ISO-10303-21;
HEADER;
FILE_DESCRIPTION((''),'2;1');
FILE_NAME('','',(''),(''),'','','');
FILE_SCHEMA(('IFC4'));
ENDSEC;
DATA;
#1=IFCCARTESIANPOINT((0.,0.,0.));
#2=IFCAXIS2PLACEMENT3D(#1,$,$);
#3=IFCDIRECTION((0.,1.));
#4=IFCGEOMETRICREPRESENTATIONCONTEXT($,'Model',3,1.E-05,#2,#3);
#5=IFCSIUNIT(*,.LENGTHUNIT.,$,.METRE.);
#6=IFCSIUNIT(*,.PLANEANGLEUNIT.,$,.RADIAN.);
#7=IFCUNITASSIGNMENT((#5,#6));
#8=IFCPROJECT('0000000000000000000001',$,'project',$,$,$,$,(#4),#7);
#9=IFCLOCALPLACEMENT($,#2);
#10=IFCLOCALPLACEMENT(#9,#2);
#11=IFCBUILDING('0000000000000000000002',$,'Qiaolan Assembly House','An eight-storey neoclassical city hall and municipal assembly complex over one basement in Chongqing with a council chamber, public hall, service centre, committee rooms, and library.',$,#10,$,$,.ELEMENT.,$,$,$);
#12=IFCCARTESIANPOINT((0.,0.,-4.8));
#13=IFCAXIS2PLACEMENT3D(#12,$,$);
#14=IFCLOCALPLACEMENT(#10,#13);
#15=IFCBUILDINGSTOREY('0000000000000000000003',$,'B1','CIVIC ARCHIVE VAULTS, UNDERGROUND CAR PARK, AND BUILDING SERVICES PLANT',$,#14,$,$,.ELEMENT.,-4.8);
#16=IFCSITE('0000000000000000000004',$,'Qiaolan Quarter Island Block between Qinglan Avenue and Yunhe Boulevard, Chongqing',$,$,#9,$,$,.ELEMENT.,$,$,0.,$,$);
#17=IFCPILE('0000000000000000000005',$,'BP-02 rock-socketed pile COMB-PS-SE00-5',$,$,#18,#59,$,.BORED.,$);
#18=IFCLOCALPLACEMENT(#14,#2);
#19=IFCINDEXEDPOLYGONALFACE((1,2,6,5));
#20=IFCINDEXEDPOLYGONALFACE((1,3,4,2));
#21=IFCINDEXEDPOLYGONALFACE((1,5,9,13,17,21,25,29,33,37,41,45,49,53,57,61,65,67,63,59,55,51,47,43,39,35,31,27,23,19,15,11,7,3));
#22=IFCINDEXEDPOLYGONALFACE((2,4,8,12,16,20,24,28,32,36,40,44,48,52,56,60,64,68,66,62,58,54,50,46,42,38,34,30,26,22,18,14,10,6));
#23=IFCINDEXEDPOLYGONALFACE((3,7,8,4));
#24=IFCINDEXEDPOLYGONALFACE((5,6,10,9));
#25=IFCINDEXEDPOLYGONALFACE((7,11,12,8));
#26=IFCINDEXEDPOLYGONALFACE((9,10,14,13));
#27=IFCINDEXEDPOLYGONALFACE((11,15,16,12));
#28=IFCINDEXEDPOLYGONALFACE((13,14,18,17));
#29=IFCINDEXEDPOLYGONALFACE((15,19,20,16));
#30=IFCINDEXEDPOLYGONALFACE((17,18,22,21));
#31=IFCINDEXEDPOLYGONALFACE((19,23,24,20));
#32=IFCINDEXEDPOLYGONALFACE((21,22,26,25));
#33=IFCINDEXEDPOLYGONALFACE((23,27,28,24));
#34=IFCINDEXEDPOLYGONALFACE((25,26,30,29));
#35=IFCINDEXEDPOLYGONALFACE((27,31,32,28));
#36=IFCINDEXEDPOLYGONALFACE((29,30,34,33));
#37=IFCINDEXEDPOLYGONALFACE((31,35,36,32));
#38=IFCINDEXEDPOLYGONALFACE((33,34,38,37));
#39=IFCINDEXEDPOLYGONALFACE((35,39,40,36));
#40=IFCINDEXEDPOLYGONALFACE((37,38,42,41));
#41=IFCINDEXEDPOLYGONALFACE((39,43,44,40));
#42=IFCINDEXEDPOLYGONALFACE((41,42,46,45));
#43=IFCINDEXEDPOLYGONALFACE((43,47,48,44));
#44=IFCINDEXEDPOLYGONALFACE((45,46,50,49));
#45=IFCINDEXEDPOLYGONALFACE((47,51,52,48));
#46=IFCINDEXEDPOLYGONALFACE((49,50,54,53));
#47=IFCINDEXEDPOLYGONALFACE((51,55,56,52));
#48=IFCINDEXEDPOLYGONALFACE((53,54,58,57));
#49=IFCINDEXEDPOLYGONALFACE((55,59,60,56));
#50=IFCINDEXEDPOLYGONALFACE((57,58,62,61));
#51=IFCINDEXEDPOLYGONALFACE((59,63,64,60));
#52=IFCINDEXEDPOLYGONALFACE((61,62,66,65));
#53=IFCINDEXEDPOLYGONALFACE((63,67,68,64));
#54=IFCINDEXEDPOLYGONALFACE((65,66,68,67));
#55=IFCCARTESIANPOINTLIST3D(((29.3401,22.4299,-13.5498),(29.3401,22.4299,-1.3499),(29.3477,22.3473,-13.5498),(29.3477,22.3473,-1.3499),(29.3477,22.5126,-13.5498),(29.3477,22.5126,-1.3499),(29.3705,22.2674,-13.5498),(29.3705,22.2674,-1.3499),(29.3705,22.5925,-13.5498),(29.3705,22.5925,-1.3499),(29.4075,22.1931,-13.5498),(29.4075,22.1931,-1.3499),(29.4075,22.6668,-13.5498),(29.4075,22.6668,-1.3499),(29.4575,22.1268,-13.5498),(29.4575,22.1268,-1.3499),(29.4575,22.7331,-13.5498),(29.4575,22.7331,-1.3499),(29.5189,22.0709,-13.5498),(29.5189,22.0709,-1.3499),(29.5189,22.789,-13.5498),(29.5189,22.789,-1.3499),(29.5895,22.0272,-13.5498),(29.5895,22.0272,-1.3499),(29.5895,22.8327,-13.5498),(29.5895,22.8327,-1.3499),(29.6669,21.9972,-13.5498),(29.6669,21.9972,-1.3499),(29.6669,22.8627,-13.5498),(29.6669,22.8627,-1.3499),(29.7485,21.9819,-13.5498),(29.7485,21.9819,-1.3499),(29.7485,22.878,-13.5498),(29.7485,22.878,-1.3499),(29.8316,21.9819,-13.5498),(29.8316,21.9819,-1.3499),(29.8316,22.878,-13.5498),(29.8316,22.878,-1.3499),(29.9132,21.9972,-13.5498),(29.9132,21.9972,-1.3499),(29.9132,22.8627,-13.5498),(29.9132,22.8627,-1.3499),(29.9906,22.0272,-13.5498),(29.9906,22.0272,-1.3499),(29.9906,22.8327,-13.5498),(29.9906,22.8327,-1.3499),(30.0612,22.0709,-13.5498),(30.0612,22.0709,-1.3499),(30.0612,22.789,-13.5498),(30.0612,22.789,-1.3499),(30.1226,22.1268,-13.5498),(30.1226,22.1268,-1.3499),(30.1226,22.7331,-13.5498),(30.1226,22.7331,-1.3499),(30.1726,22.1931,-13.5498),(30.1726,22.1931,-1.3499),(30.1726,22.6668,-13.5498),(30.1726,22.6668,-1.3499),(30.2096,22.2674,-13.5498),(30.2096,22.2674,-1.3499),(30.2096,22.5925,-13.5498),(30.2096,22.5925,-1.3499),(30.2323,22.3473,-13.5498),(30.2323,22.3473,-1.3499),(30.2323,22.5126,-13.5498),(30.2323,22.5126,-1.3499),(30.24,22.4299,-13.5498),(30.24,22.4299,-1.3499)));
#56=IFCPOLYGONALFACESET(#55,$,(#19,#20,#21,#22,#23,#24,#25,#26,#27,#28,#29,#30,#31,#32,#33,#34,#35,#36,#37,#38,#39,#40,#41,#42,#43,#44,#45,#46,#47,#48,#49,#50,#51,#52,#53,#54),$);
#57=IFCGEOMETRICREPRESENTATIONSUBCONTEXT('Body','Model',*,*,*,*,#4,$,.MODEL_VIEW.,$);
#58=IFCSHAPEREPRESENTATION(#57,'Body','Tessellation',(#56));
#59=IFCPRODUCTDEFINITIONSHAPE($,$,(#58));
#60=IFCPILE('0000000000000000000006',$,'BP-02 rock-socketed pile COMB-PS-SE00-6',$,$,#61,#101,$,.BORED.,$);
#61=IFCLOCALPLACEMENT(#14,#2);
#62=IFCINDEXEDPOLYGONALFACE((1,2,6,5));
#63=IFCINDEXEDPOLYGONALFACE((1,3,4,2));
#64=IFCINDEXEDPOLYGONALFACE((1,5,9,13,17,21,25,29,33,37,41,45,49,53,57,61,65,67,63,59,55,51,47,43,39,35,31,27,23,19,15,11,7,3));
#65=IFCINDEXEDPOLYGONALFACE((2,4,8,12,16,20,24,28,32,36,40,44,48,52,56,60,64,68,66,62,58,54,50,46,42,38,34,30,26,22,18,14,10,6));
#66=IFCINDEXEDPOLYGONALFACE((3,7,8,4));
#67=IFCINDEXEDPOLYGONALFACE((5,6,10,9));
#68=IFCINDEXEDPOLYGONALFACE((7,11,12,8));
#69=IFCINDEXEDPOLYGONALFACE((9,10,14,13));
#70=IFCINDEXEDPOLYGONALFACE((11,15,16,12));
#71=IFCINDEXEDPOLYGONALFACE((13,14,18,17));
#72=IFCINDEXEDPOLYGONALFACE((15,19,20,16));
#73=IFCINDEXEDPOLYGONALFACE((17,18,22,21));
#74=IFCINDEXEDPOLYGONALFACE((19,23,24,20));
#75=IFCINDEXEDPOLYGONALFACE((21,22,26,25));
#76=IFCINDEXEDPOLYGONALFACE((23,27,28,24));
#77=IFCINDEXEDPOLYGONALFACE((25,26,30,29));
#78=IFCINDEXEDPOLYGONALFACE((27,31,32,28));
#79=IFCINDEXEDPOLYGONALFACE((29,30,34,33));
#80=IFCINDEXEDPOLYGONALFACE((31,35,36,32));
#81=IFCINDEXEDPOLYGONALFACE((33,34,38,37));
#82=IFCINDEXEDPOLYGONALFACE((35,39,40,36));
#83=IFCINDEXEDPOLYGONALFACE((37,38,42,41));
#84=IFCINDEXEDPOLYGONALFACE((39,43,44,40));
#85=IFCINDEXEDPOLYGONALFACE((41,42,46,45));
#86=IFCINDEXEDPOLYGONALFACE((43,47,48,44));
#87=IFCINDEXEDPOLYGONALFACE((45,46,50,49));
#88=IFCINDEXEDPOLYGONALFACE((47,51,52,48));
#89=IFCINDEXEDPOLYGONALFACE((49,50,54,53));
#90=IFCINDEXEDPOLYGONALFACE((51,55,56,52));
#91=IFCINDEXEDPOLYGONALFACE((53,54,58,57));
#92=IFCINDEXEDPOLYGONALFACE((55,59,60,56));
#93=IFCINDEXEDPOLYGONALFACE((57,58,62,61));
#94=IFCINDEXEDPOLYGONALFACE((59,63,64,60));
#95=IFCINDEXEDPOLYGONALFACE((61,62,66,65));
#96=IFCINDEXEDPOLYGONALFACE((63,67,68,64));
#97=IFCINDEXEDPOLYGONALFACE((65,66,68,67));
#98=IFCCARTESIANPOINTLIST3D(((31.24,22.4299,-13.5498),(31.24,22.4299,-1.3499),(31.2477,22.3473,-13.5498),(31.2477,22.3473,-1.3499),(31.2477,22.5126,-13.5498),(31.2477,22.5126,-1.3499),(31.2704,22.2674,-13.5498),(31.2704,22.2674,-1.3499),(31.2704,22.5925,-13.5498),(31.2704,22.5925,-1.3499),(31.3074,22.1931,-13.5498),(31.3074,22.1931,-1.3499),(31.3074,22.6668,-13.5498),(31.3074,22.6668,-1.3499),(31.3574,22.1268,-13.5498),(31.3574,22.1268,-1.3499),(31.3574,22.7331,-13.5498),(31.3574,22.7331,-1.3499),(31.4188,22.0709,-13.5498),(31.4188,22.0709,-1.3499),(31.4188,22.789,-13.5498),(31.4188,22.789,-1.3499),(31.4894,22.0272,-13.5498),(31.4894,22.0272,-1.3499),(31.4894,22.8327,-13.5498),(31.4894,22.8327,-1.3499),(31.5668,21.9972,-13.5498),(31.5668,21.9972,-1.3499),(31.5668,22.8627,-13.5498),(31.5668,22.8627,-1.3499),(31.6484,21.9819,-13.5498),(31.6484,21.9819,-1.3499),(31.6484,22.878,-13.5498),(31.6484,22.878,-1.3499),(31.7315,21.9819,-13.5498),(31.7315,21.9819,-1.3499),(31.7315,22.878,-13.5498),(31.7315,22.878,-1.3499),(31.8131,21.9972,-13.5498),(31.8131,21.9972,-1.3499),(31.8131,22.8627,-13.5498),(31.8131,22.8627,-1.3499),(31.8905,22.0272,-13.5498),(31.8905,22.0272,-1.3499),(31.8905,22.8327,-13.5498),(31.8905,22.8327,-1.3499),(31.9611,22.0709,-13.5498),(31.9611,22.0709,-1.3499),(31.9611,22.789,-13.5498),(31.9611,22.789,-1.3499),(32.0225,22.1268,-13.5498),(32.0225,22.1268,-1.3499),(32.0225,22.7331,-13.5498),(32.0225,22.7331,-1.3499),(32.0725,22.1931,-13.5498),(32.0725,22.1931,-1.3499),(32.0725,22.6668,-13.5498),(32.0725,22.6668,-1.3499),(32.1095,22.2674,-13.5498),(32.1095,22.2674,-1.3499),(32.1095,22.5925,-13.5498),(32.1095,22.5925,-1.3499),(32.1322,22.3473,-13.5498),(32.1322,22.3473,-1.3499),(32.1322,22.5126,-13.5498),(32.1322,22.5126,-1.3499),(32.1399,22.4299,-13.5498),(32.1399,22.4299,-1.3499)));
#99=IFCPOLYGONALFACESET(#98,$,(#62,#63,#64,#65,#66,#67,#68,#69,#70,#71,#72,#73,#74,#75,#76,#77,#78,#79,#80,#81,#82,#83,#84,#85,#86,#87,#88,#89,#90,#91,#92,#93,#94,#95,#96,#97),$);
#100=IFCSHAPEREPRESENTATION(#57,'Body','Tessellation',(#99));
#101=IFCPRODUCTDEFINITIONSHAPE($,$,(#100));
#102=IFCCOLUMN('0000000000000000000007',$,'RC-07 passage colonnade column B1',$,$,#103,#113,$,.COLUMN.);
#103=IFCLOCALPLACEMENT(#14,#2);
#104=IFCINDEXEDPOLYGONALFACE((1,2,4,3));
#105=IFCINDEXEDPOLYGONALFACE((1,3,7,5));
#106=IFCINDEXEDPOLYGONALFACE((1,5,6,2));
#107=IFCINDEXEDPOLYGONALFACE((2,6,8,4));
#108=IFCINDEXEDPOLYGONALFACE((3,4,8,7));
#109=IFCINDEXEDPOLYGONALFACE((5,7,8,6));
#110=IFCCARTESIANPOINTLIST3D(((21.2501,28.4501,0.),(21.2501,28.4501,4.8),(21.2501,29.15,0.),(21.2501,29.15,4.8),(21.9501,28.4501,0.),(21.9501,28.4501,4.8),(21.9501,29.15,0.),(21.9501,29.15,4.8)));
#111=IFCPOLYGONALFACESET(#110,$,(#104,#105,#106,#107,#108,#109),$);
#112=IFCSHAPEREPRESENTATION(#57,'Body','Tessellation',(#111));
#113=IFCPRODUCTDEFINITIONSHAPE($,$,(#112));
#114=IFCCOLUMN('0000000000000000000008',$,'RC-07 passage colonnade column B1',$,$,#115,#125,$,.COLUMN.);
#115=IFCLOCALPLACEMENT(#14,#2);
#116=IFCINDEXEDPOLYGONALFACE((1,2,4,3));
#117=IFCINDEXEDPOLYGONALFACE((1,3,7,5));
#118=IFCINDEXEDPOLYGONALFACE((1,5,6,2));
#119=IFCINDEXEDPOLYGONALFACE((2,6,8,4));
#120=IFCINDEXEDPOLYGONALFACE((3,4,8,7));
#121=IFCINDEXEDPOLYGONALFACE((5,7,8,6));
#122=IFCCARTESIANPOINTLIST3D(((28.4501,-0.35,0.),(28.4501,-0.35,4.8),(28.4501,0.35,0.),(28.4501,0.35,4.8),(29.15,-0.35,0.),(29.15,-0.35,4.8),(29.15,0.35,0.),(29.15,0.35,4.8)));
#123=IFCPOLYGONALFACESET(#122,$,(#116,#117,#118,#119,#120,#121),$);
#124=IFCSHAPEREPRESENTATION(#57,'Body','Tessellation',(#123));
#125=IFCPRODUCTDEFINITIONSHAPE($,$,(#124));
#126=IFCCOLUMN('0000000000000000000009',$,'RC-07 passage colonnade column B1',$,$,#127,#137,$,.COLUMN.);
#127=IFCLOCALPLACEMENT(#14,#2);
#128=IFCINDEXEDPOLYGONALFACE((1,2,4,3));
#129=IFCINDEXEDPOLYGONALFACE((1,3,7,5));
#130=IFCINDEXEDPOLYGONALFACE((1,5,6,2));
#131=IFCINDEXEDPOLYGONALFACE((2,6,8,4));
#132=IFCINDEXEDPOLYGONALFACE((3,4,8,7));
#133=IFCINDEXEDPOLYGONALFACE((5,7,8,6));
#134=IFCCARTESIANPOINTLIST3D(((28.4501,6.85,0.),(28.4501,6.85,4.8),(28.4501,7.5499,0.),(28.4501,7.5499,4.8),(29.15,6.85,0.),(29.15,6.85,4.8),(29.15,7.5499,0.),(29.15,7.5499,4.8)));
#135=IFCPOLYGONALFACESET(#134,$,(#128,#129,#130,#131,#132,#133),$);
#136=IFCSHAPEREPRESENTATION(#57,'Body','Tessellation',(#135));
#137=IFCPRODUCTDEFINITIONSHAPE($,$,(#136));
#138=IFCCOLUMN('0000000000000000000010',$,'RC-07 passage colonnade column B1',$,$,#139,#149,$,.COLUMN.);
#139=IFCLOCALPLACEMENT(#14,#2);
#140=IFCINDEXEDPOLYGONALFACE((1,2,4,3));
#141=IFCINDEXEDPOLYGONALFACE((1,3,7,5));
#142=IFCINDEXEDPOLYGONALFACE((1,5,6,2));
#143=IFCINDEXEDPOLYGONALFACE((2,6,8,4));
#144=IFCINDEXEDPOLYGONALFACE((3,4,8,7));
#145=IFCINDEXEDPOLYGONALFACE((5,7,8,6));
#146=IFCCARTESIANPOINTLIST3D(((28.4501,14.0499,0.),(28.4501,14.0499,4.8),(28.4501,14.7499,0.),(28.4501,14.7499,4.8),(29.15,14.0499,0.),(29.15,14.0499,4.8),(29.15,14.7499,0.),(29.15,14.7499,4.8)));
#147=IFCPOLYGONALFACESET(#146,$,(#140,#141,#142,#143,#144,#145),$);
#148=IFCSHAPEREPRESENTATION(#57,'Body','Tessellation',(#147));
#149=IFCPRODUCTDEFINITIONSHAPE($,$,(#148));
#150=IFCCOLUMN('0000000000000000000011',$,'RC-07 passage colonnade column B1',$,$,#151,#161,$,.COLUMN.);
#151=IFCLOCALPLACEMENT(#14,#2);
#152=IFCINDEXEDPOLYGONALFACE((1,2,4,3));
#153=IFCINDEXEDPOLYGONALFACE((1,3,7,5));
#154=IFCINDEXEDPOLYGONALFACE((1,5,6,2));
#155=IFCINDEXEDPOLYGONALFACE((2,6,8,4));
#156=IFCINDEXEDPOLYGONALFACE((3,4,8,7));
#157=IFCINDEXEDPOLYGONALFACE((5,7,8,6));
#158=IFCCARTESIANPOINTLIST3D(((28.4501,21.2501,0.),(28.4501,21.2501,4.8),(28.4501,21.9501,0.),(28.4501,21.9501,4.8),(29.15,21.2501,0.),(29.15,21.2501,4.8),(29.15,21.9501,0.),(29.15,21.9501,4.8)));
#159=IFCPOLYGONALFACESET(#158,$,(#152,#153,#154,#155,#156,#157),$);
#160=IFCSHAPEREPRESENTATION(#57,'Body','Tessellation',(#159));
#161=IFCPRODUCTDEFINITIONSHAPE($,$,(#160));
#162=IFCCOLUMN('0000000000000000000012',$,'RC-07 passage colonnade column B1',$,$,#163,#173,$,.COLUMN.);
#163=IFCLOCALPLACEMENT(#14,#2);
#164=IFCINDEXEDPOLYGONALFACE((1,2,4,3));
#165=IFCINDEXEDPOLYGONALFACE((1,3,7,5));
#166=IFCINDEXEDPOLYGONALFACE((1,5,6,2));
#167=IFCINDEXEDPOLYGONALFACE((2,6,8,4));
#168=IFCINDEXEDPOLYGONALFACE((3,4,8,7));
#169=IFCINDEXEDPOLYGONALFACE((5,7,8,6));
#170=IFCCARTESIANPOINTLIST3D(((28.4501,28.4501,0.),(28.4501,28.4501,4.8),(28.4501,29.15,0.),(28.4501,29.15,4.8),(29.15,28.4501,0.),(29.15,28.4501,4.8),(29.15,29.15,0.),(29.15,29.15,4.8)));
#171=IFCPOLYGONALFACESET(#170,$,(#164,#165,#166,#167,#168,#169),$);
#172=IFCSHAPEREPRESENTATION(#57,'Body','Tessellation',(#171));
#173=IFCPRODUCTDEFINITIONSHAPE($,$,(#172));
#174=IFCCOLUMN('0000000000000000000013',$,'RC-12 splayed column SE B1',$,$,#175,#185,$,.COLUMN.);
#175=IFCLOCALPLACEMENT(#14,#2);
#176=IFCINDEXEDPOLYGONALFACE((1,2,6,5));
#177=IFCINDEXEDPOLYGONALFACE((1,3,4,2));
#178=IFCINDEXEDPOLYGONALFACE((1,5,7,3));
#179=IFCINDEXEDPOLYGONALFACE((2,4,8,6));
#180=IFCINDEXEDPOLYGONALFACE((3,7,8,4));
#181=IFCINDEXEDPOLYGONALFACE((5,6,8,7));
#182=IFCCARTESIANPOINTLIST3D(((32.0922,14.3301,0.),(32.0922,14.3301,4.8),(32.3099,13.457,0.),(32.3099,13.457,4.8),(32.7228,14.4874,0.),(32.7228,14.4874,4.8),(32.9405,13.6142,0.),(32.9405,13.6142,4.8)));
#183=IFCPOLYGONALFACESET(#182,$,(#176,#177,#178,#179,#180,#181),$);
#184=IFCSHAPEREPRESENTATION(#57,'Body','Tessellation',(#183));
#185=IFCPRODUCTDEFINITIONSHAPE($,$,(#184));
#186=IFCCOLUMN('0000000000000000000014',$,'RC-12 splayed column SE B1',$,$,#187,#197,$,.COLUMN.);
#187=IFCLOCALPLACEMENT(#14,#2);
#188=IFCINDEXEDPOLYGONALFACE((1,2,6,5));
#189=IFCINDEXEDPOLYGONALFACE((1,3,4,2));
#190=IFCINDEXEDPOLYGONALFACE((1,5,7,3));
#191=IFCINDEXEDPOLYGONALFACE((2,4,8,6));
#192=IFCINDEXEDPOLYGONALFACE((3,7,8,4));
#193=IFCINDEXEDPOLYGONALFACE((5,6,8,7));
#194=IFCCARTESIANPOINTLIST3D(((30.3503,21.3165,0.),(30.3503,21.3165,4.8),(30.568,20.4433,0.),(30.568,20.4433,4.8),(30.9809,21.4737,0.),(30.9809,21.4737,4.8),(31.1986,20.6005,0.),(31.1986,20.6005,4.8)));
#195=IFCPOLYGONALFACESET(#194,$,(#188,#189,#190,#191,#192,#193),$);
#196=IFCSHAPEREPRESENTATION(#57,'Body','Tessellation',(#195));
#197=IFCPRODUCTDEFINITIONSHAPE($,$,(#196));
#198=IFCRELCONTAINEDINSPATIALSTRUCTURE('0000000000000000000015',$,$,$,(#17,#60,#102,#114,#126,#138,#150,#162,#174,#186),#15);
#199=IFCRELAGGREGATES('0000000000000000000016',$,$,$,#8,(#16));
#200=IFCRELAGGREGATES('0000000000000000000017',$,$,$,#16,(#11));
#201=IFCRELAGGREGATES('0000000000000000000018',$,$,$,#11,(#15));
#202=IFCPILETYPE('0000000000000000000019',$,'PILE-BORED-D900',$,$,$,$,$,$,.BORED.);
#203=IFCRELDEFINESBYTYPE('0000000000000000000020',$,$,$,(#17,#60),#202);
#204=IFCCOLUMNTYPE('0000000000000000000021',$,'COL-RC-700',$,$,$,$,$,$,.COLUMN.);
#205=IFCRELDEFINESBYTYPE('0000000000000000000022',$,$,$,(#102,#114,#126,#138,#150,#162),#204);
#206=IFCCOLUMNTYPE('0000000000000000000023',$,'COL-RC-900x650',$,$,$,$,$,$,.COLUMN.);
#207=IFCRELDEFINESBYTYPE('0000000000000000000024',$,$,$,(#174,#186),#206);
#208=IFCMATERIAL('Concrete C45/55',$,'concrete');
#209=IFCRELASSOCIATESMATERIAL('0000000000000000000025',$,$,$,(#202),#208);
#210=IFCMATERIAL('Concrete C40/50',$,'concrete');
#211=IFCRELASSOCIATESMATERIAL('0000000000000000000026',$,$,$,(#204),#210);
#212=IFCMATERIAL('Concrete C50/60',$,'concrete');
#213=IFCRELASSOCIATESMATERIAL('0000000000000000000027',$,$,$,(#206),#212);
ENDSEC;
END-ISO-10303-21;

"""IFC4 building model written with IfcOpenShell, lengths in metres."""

from ifc_helpers import new_model, si_unit, direction, frame, origin, origin_2d, place, context, subcontext, project, spatial, rectangle, circle, extrude, material, material_profile, profile_set, type_object, element, save


model = new_model("IFC4")

# Units and contexts
model_context = context("Model", 3, precision=1e-05, world=origin(), true_north=direction((0.0, 1.0)))
body_context = subcontext(model_context, "Body", "Model", "MODEL_VIEW")
ifc_project = project(units=[si_unit("LENGTHUNIT", "METRE"), si_unit("PLANEANGLEUNIT", "RADIAN")], contexts=[model_context])

# Site, building, storey
site_placement = place(None, origin())
site = spatial("IfcSite", under=ifc_project, at=site_placement, Name="Qiaolan Quarter Island Block between Qinglan Avenue and Yunhe Boulevard, Chongqing", CompositionType="ELEMENT", RefElevation=0.0)
building_placement = place(site_placement, origin())
building = spatial("IfcBuilding", under=site, at=building_placement, Name="Qiaolan Assembly House", Description="An eight-storey neoclassical city hall and municipal assembly complex over one basement in Chongqing with a council chamber, public hall, service centre, committee rooms, and library.", CompositionType="ELEMENT")
storey_placement = place(building_placement, frame((0.0, 0.0, -4.8)))
storey = spatial("IfcBuildingStorey", under=building, at=storey_placement, Name="B1", Description="CIVIC ARCHIVE VAULTS, UNDERGROUND CAR PARK, AND BUILDING SERVICES PLANT", CompositionType="ELEMENT", Elevation=-4.8)

# Shared definitions
ifc_material_1 = material(Name="Concrete C40/50", Category="concrete")

# Piles
ifc_material_2 = material(Name="Concrete C45/55", Category="concrete")
ifc_material_profile_1 = material_profile(ifc_material_2, circle(Radius=0.45, at=origin_2d()), Name="PILE D900")
ifc_profile_set_1 = profile_set([ifc_material_profile_1], Name="Concrete C45/55")
pile_type_1 = type_object("IfcPileType", Name="PILE-BORED-D900", PredefinedType="BORED", material=ifc_profile_set_1)
for number, where, z_axis, x_axis, name in (
    (1, (29.79, 22.4299, -1.3499), (0.0, 0.0, -1.0), (1.0, 0.0, 0.0), "BP-02 rock-socketed pile COMB-PS-SE00-5"),
    (2, (31.6899, 22.4299, -1.3499), (0.0, 0.0, -1.0), (1.0, 0.0, 0.0), "BP-02 rock-socketed pile COMB-PS-SE00-6"),
):
    element("IfcPile", number, at=place(storey_placement, frame(where, z_axis=z_axis, x_axis=x_axis)), inside=storey, type_object=pile_type_1, Name=name, PredefinedType="BORED", context=body_context, shape_type="SweptSolid", body=[
        extrude(circle(Radius=0.45, at=origin_2d()), origin(), (0.0, 0.0, 1.0), 12.2),
    ])

# Columns
ifc_material_profile_2 = material_profile(ifc_material_1, rectangle(XDim=0.7, YDim=0.7, at=origin_2d()), Name="RC 700x700")
ifc_profile_set_2 = profile_set([ifc_material_profile_2], Name="Concrete C40/50")
column_type_1 = type_object("IfcColumnType", Name="COL-RC-700", PredefinedType="COLUMN", material=ifc_profile_set_2)
for number, where, z_axis, x_axis, name in (
    (3, (21.6001, 28.8, 0.0), (0.0, 0.0, 1.0), (1.0, 0.0, 0.0), "RC-07 passage colonnade column B1"),
    (4, (28.8, 0.0, 0.0), (0.0, 0.0, 1.0), (1.0, 0.0, 0.0), "RC-07 passage colonnade column B1"),
    (5, (28.8, 7.2, 0.0), (0.0, 0.0, 1.0), (1.0, 0.0, 0.0), "RC-07 passage colonnade column B1"),
    (6, (28.8, 14.3999, 0.0), (0.0, 0.0, 1.0), (1.0, 0.0, 0.0), "RC-07 passage colonnade column B1"),
    (7, (28.8, 21.6001, 0.0), (0.0, 0.0, 1.0), (1.0, 0.0, 0.0), "RC-07 passage colonnade column B1"),
    (8, (28.8, 28.8, 0.0), (0.0, 0.0, 1.0), (1.0, 0.0, 0.0), "RC-07 passage colonnade column B1"),
):
    element("IfcColumn", number, at=place(storey_placement, frame(where, z_axis=z_axis, x_axis=x_axis)), inside=storey, type_object=column_type_1, Name=name, PredefinedType="COLUMN", context=body_context, shape_type="SweptSolid", body=[
        extrude(rectangle(XDim=0.7, YDim=0.7, at=origin_2d()), origin(), (0.0, 0.0, 1.0), 4.8),
    ])
ifc_material_3 = material(Name="Concrete C50/60", Category="concrete")
ifc_material_profile_3 = material_profile(ifc_material_3, rectangle(XDim=0.6499, YDim=0.8999, at=origin_2d()), Name="RC 900x650")
ifc_profile_set_3 = profile_set([ifc_material_profile_3], Name="Concrete C50/60")
column_type_2 = type_object("IfcColumnType", Name="COL-RC-900x650", PredefinedType="COLUMN", material=ifc_profile_set_3)
for number, where, z_axis, x_axis, name in (
    (9, (32.5164, 13.9722, 0.0), (0.0, 0.0, 1.0), (0.970296, 0.241922, 0.0), "RC-12 splayed column SE B1"),
    (10, (30.7744, 20.9585, 0.0), (0.0, 0.0, 1.0), (0.970296, 0.241922, 0.0), "RC-12 splayed column SE B1"),
):
    element("IfcColumn", number, at=place(storey_placement, frame(where, z_axis=z_axis, x_axis=x_axis)), inside=storey, type_object=column_type_2, Name=name, PredefinedType="COLUMN", context=body_context, shape_type="SweptSolid", body=[
        extrude(rectangle(XDim=0.6499, YDim=0.8999, at=origin_2d()), origin(), (0.0, 0.0, 1.0), 4.8),
    ])

save(model, "model.ifc")
